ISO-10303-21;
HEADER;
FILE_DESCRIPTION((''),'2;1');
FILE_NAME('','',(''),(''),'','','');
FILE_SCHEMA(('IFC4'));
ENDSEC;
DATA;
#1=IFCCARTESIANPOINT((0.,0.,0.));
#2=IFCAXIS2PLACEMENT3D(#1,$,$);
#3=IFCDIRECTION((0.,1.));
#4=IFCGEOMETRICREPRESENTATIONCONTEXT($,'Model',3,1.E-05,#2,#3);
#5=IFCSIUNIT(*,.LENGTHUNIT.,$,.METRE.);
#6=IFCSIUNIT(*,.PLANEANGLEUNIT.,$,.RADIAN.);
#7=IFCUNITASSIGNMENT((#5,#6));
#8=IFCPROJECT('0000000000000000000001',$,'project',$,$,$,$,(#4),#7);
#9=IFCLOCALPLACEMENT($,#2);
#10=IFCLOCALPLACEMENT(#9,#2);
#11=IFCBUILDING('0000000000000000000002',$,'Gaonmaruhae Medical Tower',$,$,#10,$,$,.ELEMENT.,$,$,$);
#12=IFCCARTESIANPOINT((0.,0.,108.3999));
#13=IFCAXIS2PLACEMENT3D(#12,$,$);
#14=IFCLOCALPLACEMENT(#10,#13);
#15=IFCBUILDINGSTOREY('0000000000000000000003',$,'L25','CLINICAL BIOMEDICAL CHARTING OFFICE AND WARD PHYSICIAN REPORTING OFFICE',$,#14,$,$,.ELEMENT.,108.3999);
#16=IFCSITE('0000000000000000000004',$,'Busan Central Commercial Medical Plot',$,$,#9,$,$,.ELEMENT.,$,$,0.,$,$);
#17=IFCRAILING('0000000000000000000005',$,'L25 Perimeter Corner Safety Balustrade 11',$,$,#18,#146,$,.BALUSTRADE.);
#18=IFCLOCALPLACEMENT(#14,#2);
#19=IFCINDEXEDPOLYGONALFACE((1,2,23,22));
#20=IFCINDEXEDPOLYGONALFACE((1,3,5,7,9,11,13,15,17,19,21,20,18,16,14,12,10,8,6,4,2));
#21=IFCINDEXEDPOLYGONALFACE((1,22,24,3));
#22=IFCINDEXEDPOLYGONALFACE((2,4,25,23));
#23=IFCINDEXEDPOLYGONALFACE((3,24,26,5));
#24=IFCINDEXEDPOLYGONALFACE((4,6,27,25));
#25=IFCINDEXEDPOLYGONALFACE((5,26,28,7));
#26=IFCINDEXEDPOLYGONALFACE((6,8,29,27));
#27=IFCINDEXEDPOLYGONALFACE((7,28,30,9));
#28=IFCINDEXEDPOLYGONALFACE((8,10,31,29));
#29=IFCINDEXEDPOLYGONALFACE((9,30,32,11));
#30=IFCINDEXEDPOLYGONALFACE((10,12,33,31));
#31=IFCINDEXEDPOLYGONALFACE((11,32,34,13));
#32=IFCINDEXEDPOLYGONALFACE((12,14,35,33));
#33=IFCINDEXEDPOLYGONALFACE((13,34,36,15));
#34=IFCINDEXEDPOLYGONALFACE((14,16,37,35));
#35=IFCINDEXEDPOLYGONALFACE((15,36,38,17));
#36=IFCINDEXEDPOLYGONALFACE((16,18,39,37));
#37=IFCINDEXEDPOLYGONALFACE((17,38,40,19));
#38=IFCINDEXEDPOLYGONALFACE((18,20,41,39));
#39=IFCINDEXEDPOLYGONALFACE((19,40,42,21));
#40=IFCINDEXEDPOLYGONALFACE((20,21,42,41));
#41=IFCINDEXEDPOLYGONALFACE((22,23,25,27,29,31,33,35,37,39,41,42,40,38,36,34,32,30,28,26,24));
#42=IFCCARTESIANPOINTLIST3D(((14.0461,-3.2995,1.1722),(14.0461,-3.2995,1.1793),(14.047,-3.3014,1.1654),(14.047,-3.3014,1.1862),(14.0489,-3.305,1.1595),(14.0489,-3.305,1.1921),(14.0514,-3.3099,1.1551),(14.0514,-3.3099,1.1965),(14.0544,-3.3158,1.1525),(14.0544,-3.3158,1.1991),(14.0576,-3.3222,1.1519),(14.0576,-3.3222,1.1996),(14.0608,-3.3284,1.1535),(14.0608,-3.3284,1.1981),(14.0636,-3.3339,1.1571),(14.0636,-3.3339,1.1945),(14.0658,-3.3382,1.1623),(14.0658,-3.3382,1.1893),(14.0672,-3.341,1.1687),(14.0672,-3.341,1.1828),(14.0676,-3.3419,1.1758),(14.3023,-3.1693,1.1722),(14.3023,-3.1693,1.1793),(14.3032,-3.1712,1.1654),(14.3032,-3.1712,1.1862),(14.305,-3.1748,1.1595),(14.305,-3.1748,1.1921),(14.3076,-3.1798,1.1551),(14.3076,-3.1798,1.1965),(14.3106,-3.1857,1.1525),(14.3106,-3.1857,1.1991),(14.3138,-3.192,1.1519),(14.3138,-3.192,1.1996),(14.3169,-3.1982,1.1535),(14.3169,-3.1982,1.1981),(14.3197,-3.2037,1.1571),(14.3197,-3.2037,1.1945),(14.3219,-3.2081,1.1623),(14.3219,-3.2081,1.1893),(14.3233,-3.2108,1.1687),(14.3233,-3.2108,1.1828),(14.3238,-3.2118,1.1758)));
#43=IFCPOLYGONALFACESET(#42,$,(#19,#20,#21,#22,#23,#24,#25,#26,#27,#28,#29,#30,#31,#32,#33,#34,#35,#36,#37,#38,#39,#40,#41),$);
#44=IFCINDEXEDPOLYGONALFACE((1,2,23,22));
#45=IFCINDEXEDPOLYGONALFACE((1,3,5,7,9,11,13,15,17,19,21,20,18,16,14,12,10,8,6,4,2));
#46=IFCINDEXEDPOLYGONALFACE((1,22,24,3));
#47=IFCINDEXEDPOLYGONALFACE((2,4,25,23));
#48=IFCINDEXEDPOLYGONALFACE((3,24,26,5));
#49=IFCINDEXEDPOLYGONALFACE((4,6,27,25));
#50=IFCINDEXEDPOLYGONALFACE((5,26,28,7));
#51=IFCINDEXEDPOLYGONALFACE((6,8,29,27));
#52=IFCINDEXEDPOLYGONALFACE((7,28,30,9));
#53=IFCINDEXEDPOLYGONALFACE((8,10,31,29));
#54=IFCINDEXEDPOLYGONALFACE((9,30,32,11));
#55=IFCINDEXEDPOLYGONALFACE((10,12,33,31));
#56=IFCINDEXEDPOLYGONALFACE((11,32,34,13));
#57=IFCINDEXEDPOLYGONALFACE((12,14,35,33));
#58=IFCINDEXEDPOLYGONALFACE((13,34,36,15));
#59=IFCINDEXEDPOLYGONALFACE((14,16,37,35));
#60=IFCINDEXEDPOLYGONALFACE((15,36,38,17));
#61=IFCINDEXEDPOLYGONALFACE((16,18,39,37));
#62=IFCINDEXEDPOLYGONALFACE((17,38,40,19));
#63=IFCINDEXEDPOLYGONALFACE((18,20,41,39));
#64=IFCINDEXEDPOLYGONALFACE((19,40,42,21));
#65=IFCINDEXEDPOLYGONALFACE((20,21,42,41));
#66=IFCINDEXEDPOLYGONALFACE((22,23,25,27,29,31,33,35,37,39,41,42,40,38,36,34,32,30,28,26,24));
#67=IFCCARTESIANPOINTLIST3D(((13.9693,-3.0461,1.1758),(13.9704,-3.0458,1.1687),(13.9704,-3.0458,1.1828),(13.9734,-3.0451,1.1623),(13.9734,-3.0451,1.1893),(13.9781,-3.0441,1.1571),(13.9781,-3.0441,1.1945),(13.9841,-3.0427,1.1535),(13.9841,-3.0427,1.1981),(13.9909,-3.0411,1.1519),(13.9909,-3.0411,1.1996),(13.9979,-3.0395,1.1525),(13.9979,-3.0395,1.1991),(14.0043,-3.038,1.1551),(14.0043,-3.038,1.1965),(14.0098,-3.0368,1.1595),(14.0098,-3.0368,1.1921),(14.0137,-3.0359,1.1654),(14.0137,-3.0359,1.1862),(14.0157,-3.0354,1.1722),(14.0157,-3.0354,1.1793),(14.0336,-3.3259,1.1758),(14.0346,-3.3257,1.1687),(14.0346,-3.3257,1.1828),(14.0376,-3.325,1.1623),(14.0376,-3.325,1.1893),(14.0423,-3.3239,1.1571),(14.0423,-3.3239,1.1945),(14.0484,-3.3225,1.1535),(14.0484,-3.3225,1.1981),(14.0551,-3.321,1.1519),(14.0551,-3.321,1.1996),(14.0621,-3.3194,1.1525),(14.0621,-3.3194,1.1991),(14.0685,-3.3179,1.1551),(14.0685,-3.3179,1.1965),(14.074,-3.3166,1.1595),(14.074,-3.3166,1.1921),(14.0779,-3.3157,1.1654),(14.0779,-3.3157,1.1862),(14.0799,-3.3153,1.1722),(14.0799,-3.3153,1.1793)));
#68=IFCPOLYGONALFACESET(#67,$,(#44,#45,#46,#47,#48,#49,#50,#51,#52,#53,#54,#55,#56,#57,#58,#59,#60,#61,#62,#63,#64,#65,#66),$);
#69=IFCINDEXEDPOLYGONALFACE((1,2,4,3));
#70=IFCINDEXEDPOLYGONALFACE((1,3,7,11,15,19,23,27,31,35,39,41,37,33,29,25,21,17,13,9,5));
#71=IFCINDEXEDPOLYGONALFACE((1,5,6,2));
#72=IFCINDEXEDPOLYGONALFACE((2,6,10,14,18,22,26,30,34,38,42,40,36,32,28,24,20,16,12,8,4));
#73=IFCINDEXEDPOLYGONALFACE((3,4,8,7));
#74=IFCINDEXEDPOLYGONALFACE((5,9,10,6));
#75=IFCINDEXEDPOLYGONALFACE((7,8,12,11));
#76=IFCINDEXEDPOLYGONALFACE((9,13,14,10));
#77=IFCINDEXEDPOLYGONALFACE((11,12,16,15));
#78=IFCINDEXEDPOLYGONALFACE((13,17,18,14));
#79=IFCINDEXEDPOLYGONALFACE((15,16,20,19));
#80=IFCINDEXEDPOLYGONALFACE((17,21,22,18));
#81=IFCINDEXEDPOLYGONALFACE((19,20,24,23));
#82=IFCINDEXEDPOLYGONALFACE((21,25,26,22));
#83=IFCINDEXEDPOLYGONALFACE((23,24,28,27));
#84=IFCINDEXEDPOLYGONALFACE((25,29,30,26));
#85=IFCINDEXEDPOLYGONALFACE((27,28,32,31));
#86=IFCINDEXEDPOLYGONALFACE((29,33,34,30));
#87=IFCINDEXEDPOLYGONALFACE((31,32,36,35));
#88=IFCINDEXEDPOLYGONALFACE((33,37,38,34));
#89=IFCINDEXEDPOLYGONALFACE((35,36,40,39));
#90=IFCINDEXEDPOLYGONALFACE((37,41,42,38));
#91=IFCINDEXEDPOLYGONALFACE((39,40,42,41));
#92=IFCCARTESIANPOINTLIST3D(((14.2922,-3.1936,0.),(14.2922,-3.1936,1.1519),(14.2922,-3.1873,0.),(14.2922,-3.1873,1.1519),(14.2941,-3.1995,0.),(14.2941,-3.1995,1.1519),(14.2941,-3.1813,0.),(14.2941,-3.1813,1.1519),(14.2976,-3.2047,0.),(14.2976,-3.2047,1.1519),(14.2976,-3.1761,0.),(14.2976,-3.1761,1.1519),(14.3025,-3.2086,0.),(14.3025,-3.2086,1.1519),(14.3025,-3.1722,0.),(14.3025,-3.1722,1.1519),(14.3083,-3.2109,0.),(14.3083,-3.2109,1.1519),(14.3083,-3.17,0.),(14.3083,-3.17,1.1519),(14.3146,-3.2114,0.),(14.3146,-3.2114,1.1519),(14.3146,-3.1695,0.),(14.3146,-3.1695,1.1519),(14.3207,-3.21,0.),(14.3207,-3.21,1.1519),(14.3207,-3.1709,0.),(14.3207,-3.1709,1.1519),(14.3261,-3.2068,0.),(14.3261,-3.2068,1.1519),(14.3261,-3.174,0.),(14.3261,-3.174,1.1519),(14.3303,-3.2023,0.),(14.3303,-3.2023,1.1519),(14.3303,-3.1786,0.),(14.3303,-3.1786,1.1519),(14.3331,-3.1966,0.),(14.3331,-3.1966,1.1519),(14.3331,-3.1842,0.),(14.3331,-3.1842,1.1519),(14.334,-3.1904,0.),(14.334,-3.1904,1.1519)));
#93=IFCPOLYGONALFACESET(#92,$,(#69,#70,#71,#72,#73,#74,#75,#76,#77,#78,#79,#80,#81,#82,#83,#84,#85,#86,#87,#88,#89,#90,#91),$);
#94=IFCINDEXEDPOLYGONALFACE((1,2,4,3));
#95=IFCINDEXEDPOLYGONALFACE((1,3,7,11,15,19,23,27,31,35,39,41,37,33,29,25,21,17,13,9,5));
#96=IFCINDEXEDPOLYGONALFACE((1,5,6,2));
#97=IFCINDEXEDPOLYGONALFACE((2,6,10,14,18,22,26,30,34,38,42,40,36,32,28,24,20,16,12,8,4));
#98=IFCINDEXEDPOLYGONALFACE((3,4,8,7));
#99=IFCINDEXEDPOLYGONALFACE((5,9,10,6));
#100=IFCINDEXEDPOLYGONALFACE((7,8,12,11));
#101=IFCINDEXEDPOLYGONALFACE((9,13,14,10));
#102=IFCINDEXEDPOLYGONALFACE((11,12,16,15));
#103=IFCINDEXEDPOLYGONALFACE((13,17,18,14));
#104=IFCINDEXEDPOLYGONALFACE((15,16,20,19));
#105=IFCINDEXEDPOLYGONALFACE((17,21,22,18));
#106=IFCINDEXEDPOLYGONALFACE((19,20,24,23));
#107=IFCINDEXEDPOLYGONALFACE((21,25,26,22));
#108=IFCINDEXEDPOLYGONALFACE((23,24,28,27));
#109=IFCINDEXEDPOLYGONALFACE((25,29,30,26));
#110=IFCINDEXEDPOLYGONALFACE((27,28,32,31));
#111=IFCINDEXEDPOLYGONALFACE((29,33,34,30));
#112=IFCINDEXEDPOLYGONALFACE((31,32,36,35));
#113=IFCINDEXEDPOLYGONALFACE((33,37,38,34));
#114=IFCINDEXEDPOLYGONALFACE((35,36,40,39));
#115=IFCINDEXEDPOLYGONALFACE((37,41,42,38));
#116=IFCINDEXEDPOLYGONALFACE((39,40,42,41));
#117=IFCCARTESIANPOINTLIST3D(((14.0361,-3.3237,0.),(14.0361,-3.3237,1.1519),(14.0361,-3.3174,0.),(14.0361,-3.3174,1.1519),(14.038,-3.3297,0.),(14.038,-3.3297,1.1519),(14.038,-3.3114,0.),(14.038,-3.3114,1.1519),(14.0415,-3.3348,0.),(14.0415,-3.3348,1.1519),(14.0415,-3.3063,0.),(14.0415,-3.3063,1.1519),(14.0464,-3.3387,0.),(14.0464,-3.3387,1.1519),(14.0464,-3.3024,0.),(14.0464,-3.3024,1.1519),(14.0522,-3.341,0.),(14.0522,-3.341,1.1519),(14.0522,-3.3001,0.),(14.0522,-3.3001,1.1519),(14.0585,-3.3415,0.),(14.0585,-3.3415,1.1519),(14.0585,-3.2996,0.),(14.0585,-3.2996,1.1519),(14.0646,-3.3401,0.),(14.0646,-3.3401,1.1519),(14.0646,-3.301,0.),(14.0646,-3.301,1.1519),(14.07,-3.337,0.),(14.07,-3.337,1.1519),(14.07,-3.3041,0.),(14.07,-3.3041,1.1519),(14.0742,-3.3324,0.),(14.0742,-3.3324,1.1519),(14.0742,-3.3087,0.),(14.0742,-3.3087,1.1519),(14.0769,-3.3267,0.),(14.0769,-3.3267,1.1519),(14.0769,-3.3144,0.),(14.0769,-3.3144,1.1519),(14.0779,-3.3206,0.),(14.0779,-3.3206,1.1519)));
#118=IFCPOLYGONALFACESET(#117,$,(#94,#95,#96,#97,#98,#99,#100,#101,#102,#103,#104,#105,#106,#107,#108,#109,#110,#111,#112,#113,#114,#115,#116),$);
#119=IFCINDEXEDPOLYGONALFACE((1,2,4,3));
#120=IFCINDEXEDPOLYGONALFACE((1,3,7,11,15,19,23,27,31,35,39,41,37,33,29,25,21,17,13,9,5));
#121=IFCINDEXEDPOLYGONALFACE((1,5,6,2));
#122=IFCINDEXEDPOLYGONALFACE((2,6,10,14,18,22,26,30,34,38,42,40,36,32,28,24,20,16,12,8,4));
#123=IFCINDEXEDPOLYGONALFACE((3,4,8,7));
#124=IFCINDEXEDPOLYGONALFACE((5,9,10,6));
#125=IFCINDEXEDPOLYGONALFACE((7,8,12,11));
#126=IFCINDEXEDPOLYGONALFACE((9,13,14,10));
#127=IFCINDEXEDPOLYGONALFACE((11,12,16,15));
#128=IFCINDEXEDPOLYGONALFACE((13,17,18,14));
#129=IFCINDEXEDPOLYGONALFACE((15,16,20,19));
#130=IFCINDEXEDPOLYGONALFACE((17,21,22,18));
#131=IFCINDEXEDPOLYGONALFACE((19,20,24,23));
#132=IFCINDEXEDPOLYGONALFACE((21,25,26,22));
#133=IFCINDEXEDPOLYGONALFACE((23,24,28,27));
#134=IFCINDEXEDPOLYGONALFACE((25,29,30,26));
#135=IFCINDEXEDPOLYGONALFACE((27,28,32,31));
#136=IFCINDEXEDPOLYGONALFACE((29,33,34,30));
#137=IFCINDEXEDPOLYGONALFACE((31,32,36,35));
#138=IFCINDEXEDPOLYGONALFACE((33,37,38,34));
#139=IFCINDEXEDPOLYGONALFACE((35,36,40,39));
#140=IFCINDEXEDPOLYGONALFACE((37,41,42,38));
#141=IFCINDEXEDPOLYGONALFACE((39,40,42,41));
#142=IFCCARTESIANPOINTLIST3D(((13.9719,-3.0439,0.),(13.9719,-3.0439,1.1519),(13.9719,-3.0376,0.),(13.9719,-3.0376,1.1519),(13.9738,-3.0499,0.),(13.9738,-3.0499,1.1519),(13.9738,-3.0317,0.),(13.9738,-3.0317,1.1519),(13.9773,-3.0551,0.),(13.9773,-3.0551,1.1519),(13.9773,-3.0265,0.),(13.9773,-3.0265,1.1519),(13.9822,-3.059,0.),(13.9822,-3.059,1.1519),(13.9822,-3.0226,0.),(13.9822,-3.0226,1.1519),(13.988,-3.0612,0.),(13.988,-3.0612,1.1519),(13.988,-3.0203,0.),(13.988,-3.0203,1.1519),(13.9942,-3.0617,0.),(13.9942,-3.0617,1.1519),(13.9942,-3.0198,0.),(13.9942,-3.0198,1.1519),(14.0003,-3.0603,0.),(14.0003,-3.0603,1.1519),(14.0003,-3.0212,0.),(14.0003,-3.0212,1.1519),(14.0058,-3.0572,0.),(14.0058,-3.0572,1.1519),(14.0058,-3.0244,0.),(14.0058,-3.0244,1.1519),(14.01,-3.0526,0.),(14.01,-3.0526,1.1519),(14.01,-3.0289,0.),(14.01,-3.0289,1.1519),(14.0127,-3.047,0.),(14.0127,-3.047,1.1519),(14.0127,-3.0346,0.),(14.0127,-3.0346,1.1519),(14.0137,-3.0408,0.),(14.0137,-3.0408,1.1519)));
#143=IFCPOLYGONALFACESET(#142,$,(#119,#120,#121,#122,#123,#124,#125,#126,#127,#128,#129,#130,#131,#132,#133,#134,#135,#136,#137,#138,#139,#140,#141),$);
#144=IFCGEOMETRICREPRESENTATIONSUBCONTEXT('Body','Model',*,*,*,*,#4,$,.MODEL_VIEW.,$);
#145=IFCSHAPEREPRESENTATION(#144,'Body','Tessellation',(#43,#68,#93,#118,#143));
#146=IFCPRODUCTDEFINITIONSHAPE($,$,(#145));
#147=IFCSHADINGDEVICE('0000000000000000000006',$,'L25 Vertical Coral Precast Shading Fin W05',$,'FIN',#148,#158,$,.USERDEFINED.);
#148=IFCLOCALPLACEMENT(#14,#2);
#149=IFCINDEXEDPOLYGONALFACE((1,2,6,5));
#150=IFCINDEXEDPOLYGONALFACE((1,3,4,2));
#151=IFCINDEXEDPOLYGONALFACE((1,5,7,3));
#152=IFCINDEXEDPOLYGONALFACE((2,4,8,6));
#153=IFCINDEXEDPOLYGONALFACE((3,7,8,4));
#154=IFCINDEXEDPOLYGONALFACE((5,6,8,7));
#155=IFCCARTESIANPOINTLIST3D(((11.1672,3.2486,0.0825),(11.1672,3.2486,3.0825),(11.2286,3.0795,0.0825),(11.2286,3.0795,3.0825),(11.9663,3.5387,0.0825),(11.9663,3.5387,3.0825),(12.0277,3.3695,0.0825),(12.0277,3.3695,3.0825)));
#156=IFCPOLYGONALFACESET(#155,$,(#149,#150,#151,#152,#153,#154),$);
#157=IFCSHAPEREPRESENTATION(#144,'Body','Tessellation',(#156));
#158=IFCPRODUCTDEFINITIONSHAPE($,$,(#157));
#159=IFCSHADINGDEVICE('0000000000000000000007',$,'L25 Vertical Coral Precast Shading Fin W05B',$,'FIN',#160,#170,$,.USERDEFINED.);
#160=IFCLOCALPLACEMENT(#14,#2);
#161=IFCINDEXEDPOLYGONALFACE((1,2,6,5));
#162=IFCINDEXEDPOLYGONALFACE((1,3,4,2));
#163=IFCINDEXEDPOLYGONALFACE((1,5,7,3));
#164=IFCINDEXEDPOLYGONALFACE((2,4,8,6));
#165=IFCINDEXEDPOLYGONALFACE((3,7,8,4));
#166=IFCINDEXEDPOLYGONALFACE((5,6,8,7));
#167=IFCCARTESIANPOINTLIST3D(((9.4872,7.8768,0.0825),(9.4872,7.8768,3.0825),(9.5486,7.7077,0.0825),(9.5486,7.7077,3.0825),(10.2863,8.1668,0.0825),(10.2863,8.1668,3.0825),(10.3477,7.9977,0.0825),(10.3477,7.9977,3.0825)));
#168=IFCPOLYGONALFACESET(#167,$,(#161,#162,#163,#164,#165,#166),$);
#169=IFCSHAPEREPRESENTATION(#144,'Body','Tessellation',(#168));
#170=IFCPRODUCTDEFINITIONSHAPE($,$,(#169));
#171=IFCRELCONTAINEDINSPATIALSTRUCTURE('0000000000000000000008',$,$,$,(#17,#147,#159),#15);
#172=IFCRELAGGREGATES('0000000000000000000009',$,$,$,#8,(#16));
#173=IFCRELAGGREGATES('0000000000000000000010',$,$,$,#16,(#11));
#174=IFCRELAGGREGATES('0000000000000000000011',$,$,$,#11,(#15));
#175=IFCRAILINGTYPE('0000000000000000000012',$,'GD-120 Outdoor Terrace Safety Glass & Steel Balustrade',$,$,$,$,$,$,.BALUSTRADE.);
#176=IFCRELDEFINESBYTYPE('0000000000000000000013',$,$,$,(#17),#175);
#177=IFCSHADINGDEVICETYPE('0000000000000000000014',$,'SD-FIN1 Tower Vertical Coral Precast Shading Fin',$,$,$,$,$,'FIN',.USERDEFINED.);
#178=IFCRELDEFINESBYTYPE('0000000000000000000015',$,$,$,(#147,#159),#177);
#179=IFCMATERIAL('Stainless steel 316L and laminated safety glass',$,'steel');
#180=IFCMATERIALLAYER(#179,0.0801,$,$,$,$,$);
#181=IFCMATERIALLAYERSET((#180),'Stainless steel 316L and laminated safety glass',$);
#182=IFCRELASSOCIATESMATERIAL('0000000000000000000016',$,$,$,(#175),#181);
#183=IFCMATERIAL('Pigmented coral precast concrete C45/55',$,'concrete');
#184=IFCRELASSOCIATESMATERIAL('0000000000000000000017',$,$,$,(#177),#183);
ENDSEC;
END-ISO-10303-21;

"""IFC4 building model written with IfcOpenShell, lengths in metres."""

from ifc_helpers import new_model, si_unit, direction, frame, origin, origin_2d, place, context, subcontext, project, spatial, rectangle, circle, extrude, material, layer, layer_set, type_object, element, save


model = new_model("IFC4")

# Units and contexts
model_context = context("Model", 3, precision=1e-05, world=origin(), true_north=direction((0.0, 1.0)))
body_context = subcontext(model_context, "Body", "Model", "MODEL_VIEW")
ifc_project = project(units=[si_unit("LENGTHUNIT", "METRE"), si_unit("PLANEANGLEUNIT", "RADIAN")], contexts=[model_context])

# Site, building, storey
site_placement = place(None, origin())
site = spatial("IfcSite", under=ifc_project, at=site_placement, Name="Busan Central Commercial Medical Plot", CompositionType="ELEMENT", RefElevation=0.0)
building_placement = place(site_placement, origin())
building = spatial("IfcBuilding", under=site, at=building_placement, Name="Gaonmaruhae Medical Tower", CompositionType="ELEMENT")
storey_placement = place(building_placement, frame((0.0, 0.0, 108.3999)))
storey = spatial("IfcBuildingStorey", under=building, at=storey_placement, Name="L25", Description="CLINICAL BIOMEDICAL CHARTING OFFICE AND WARD PHYSICIAN REPORTING OFFICE", CompositionType="ELEMENT", Elevation=108.3999)

# Railing
ifc_material_1 = material(Name="Stainless steel 316L and laminated safety glass", Category="steel")
ifc_layer_1 = layer(ifc_material_1, 0.0801)
ifc_layer_set_1 = layer_set([ifc_layer_1], Name="Stainless steel 316L and laminated safety glass")
railing_type = type_object("IfcRailingType", Name="GD-120 Outdoor Terrace Safety Glass & Steel Balustrade", PredefinedType="BALUSTRADE", material=ifc_layer_set_1)
railing_1_placement = place(storey_placement, frame((14.313, -3.1904, 0.0)))
element("IfcRailing", 1, at=railing_1_placement, inside=storey, type_object=railing_type, Name="L25 Perimeter Corner Safety Balustrade 11", PredefinedType="BALUSTRADE", context=body_context, shape_type="SweptSolid", body=[
    extrude(circle(Radius=0.0239, at=origin_2d()), frame((0.0, 0.0, 1.1758), z_axis=(-0.891519, -0.452983, 0.0), x_axis=(0.452983, -0.891519, 0.0)), (0.0, 0.0, 1.0), 0.2874),
    extrude(circle(Radius=0.0239, at=origin_2d()), frame((-0.2561, -0.1301, 1.1758), z_axis=(-0.223679, 0.974663, 0.0), x_axis=(-0.974663, -0.223679, 0.0)), (0.0, 0.0, 1.0), 0.2871),
    extrude(circle(Radius=0.021, at=origin_2d()), origin(), (0.0, 0.0, 1.0), 1.1519),
    extrude(circle(Radius=0.021, at=origin_2d()), frame((-0.2561, -0.1301, 0.0)), (0.0, 0.0, 1.0), 1.1519),
    extrude(circle(Radius=0.021, at=origin_2d()), frame((-0.3203, 0.1497, 0.0)), (0.0, 0.0, 1.0), 1.1519),
])

# Shading devices
ifc_material_2 = material(Name="Pigmented coral precast concrete C45/55", Category="concrete")
shading_device_type = type_object("IfcShadingDeviceType", Name="SD-FIN1 Tower Vertical Coral Precast Shading Fin", ElementType="FIN", PredefinedType="USERDEFINED", material=ifc_material_2)
for number, where, z_axis, x_axis, name in (
    (2, (11.5974, 3.3091, 0.0825), (0.0, 0.0, 1.0), (-0.3412, 0.939991, 0.0), "L25 Vertical Coral Precast Shading Fin W05"),
    (3, (9.9175, 7.9373, 0.0825), (0.0, 0.0, 1.0), (-0.3412, 0.939991, 0.0), "L25 Vertical Coral Precast Shading Fin W05B"),
):
    element("IfcShadingDevice", number, at=place(storey_placement, frame(where, z_axis=z_axis, x_axis=x_axis)), inside=storey, type_object=shading_device_type, Name=name, ObjectType="FIN", PredefinedType="USERDEFINED", context=body_context, shape_type="SweptSolid", body=[
        extrude(rectangle(XDim=0.1799, YDim=0.8501, at=origin_2d()), origin(), (0.0, 0.0, 1.0), 3.0),
    ])

save(model, "model.ifc")
